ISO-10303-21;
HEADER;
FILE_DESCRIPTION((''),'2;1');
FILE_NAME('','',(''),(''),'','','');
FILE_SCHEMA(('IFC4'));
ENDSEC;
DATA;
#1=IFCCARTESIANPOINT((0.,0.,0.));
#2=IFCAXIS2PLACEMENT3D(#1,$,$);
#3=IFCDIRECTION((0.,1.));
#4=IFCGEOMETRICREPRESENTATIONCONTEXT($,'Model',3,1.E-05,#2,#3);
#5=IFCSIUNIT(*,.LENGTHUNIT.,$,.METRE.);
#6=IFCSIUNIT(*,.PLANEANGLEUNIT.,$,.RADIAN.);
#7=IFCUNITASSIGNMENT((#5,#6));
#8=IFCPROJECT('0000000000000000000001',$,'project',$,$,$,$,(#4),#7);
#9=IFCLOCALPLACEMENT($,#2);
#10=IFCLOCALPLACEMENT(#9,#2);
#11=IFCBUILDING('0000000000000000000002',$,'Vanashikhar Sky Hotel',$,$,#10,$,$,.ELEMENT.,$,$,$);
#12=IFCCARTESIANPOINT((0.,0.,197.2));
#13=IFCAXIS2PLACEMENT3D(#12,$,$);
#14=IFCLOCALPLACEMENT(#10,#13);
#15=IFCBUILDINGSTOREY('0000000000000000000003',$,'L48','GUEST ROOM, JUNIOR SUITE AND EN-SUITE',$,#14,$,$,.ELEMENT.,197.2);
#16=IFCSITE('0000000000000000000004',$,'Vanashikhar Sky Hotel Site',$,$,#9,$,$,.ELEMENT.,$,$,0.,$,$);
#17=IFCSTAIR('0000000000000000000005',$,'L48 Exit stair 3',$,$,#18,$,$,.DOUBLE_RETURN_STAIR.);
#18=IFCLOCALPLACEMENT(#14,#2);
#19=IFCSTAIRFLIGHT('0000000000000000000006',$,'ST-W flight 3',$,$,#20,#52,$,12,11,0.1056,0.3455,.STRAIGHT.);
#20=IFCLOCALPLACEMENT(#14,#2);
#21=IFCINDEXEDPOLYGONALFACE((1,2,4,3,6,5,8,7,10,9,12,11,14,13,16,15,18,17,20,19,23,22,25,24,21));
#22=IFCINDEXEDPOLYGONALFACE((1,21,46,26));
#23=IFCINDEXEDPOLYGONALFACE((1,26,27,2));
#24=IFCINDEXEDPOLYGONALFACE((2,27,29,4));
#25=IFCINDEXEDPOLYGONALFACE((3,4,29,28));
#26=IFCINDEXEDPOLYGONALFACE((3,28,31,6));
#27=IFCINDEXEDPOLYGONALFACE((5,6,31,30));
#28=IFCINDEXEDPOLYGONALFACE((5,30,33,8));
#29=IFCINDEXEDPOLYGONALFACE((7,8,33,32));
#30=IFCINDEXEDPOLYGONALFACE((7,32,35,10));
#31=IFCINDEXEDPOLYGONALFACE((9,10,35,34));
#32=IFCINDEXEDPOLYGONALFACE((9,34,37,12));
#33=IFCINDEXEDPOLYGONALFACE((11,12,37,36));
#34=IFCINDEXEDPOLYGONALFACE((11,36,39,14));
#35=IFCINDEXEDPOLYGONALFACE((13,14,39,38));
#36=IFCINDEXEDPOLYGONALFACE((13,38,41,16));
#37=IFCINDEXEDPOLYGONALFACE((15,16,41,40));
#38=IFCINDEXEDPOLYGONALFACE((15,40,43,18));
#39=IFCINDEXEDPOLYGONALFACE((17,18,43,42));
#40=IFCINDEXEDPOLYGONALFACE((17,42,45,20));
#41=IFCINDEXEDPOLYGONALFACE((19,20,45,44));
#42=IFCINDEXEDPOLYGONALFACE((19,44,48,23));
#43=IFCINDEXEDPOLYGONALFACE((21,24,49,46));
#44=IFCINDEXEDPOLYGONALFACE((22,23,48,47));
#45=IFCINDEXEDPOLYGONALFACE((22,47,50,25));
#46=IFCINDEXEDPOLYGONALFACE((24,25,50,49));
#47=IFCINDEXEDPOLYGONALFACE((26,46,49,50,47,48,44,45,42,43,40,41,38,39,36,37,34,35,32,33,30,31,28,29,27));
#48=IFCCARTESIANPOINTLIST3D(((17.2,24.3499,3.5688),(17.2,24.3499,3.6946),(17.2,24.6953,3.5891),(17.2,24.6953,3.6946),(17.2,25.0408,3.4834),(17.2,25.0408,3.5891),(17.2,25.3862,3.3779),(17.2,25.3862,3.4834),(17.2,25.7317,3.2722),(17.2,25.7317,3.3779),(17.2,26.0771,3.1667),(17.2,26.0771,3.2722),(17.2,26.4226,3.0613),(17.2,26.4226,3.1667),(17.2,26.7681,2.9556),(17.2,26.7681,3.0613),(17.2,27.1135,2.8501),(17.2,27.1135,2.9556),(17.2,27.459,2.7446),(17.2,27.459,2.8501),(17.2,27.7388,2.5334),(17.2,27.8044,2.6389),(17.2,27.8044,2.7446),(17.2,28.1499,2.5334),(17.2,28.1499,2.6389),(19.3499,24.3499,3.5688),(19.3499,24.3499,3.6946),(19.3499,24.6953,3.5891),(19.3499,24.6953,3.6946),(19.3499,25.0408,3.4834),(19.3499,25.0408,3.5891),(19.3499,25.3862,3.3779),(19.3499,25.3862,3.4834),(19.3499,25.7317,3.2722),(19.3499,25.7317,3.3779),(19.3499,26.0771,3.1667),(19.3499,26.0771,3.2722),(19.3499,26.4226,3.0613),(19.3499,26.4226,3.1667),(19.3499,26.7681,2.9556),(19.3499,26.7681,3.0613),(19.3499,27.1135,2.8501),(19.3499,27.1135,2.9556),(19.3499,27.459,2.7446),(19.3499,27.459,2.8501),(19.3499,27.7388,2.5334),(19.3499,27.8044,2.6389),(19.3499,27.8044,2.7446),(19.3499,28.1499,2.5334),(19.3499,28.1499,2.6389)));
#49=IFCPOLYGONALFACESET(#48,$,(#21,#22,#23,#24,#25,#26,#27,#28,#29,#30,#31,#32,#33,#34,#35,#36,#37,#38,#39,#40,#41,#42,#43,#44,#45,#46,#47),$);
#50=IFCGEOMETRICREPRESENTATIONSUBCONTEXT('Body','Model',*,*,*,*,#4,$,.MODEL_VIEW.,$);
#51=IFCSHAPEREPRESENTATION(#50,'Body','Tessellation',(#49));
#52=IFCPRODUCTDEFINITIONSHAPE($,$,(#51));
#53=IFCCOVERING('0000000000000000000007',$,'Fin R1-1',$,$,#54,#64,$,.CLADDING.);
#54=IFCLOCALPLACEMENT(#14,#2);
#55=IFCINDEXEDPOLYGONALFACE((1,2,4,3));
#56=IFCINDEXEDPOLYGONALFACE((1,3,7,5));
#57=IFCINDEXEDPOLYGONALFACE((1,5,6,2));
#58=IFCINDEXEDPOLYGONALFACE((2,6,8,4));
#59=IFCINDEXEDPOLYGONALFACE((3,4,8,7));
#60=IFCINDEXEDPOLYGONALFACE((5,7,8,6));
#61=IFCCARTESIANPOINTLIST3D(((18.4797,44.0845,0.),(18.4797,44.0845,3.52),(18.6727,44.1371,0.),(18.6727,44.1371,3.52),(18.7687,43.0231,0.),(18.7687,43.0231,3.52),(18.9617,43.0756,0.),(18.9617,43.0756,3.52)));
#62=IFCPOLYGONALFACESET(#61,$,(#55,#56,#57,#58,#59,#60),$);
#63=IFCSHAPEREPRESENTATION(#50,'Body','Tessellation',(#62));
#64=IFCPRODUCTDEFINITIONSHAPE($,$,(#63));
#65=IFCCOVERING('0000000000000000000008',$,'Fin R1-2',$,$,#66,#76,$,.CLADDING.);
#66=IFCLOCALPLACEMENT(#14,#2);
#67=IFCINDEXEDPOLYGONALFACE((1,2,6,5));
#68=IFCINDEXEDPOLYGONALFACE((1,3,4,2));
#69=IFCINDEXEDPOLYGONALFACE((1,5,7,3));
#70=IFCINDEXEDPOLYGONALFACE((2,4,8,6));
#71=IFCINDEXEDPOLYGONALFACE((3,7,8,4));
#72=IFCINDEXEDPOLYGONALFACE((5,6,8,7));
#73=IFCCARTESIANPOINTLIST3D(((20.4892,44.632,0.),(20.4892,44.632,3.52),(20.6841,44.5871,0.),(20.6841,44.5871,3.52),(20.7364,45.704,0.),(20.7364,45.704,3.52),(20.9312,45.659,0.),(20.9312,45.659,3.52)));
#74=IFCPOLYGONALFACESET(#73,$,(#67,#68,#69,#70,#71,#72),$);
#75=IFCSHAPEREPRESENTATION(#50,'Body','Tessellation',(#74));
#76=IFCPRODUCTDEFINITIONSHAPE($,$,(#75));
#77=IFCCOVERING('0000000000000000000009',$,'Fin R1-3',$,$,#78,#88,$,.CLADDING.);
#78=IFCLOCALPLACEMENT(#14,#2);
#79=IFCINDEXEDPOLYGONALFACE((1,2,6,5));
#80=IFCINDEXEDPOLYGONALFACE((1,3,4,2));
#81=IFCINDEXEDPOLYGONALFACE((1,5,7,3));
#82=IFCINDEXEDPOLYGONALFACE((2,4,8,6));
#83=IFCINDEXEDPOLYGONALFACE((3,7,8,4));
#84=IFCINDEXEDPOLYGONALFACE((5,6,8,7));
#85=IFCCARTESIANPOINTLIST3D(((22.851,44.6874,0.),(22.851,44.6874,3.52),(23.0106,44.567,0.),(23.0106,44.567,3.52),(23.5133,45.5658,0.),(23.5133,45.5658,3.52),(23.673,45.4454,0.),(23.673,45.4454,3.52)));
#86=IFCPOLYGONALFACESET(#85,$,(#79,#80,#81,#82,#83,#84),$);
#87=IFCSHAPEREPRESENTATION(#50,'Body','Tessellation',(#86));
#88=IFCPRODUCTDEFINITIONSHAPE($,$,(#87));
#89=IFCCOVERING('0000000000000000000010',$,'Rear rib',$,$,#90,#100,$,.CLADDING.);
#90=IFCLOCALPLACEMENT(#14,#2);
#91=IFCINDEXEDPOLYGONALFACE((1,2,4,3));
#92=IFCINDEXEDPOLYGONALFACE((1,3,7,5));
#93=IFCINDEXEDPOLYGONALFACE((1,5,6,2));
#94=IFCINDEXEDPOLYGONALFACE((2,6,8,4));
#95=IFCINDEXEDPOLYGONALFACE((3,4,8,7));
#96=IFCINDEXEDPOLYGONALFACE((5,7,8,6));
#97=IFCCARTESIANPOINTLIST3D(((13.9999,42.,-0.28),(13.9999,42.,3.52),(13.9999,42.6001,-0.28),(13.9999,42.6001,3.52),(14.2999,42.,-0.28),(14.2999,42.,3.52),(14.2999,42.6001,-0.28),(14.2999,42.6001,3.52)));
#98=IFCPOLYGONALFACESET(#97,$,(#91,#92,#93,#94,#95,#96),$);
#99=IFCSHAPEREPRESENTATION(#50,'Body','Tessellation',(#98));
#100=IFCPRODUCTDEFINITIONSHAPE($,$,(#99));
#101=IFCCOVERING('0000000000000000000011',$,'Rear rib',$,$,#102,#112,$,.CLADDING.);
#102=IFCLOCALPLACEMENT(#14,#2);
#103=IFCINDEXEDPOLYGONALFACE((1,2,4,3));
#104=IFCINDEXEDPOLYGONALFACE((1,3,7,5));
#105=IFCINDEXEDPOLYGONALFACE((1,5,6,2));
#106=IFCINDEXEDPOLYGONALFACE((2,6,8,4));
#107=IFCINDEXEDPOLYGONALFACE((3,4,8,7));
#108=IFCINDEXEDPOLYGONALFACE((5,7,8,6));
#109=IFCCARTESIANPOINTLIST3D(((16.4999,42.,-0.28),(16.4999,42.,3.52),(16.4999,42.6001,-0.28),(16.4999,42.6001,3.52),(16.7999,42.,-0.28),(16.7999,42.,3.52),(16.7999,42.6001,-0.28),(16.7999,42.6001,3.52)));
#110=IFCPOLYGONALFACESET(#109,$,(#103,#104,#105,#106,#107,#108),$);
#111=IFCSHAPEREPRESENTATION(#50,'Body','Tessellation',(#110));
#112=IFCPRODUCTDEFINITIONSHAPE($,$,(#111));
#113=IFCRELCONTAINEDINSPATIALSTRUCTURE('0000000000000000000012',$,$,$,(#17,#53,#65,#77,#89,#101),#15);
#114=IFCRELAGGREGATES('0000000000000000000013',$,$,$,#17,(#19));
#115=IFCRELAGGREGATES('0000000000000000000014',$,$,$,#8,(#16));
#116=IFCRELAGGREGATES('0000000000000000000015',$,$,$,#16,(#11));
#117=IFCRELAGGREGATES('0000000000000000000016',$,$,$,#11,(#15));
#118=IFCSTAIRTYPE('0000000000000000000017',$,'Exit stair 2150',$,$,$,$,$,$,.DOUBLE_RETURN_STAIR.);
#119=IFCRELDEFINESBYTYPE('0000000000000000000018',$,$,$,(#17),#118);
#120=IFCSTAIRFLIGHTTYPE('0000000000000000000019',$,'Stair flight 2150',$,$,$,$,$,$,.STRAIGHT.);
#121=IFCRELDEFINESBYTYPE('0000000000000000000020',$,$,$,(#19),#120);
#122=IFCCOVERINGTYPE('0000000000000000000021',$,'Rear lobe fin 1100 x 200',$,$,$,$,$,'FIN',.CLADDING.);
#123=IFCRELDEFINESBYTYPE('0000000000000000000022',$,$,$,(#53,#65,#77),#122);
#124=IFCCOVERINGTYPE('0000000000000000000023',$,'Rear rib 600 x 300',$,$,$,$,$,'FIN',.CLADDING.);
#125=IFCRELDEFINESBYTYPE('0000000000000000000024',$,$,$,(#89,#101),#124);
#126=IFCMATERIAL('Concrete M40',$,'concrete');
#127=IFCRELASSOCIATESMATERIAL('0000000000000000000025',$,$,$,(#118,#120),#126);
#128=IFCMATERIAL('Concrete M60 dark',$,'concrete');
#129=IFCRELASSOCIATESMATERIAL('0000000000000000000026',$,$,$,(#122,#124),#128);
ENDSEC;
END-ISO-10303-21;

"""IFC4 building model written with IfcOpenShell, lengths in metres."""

from ifc_helpers import new_model, si_unit, direction, frame, origin, origin_2d, place, context, subcontext, project, spatial, polyline, rectangle, outline, extrude, source, transform, mapped, material, material_profile, profile_set, type_object, element, aggregate, save


model = new_model("IFC4")

# Units and contexts
model_context = context("Model", 3, precision=1e-05, world=origin(), true_north=direction((0.0, 1.0)))
body_context = subcontext(model_context, "Body", "Model", "MODEL_VIEW")
ifc_project = project(units=[si_unit("LENGTHUNIT", "METRE"), si_unit("PLANEANGLEUNIT", "RADIAN")], contexts=[model_context])

# Site, building, storey
site_placement = place(None, origin())
site = spatial("IfcSite", under=ifc_project, at=site_placement, Name="Vanashikhar Sky Hotel Site", CompositionType="ELEMENT", RefElevation=0.0)
building_placement = place(site_placement, origin())
building = spatial("IfcBuilding", under=site, at=building_placement, Name="Vanashikhar Sky Hotel", CompositionType="ELEMENT")
storey_placement = place(building_placement, frame((0.0, 0.0, 197.2)))
storey = spatial("IfcBuildingStorey", under=building, at=storey_placement, Name="L48", Description="GUEST ROOM, JUNIOR SUITE AND EN-SUITE", CompositionType="ELEMENT", Elevation=197.2)

# Stair, stair flight
ifc_material_1 = material(Name="Concrete M40", Category="concrete")
stair_type = type_object("IfcStairType", Name="Exit stair 2150", PredefinedType="DOUBLE_RETURN_STAIR", material=ifc_material_1)
stair_placement = place(storey_placement, origin())
stair = element("IfcStair", 1, at=stair_placement, inside=storey, type_object=stair_type, Name="L48 Exit stair 3", PredefinedType="DOUBLE_RETURN_STAIR")
stair_flight_type = type_object("IfcStairFlightType", Name="Stair flight 2150", PredefinedType="STRAIGHT", material=ifc_material_1)
shared_shape_1 = source(origin(), body_context, "Body", "SweptSolid", [
    extrude(outline(polyline([(0.0, 0.0), (0.0, 0.1055), (0.3455, 0.1055), (0.3455, 0.2112), (0.6909, 0.2112), (0.6909, 0.3167), (1.0364, 0.3167), (1.0364, 0.4221), (1.3818, 0.4221), (1.3818, 0.5278), (1.7273, 0.5278), (1.7273, 0.6333), (2.0728, 0.6333), (2.0728, 0.7388), (2.4182, 0.7388), (2.4182, 0.8445), (2.7637, 0.8445), (2.7637, 0.95), (3.1091, 0.95), (3.1091, 1.0557), (3.4546, 1.0557), (3.4546, 1.1611), (3.8, 1.1611), (3.8, 1.2666), (3.8, 1.0354), (0.4111, 0.0), (0.0, 0.0)])), frame((0.0, 1.075, 0.0), z_axis=(0.0, -1.0, 0.0), x_axis=(1.0, 0.0, 0.0)), (0.0, 0.0, 1.0), 2.1499),
])
stair_flight_1_placement = place(storey_placement, frame((18.2749, 28.1499, 2.5334), z_axis=(0.0, 0.0, 1.0), x_axis=(0.0, -1.0, 0.0)))
stair_flight_1 = element("IfcStairFlight", 2, at=stair_flight_1_placement, type_object=stair_flight_type, Name="ST-W flight 3", NumberOfRisers=12, NumberOfTreads=11, PredefinedType="STRAIGHT", RiserHeight=0.1056, TreadLength=0.3455, context=body_context, shape_type="MappedRepresentation", body=[
    mapped(shared_shape_1, transform((0.0, 0.0, 0.0), scale=1.0)),
])
aggregate(stair, [stair_flight_1])

# Coverings
ifc_material_2 = material(Name="Concrete M60 dark", Category="concrete")
ifc_material_profile_1 = material_profile(ifc_material_2, rectangle(XDim=1.1001, YDim=0.2, at=origin_2d()))
ifc_profile_set_1 = profile_set([ifc_material_profile_1], Name="Rear lobe fin 1100 x 200")
covering_type_1 = type_object("IfcCoveringType", Name="Rear lobe fin 1100 x 200", ElementType="FIN", PredefinedType="CLADDING", material=ifc_profile_set_1)
shared_shape_2 = source(origin(), body_context, "Body", "SweptSolid", [
    extrude(rectangle(XDim=1.1001, YDim=0.2, at=origin_2d()), origin(), (0.0, 0.0, 1.0), 3.52),
])
for number, where, z_axis, x_axis, name in (
    (3, (18.7207, 43.5801, 0.0), (0.0, 0.0, 1.0), (-0.262711, 0.964874, 0.0), "Fin R1-1"),
    (4, (20.7102, 45.1455, 0.0), (0.0, 0.0, 1.0), (0.224645, 0.974441, 0.0), "Fin R1-2"),
    (5, (23.262, 45.0664, 0.0), (0.0, 0.0, 1.0), (0.602066, 0.798446, 0.0), "Fin R1-3"),
):
    element("IfcCovering", number, at=place(storey_placement, frame(where, z_axis=z_axis, x_axis=x_axis)), inside=storey, type_object=covering_type_1, Name=name, PredefinedType="CLADDING", context=body_context, shape_type="MappedRepresentation", body=[
        mapped(shared_shape_2, transform((0.0, 0.0, 0.0), scale=1.0)),
    ])
ifc_material_profile_2 = material_profile(ifc_material_2, rectangle(XDim=0.6001, YDim=0.3, at=origin_2d()))
ifc_profile_set_2 = profile_set([ifc_material_profile_2], Name="Rear rib 600 x 300")
covering_type_2 = type_object("IfcCoveringType", Name="Rear rib 600 x 300", ElementType="FIN", PredefinedType="CLADDING", material=ifc_profile_set_2)
shared_shape_3 = source(origin(), body_context, "Body", "SweptSolid", [
    extrude(rectangle(XDim=0.6001, YDim=0.3, at=origin_2d()), origin(), (0.0, 0.0, 1.0), 3.8),
])
for number, where, z_axis, x_axis, name in (
    (6, (14.1499, 42.3, -0.28), (0.0, 0.0, 1.0), (0.0, 1.0, 0.0), "Rear rib"),
    (7, (16.6499, 42.3, -0.28), (0.0, 0.0, 1.0), (0.0, 1.0, 0.0), "Rear rib"),
):
    element("IfcCovering", number, at=place(storey_placement, frame(where, z_axis=z_axis, x_axis=x_axis)), inside=storey, type_object=covering_type_2, Name=name, PredefinedType="CLADDING", context=body_context, shape_type="MappedRepresentation", body=[
        mapped(shared_shape_3, transform((0.0, 0.0, 0.0), scale=1.0)),
    ])

save(model, "model.ifc")
